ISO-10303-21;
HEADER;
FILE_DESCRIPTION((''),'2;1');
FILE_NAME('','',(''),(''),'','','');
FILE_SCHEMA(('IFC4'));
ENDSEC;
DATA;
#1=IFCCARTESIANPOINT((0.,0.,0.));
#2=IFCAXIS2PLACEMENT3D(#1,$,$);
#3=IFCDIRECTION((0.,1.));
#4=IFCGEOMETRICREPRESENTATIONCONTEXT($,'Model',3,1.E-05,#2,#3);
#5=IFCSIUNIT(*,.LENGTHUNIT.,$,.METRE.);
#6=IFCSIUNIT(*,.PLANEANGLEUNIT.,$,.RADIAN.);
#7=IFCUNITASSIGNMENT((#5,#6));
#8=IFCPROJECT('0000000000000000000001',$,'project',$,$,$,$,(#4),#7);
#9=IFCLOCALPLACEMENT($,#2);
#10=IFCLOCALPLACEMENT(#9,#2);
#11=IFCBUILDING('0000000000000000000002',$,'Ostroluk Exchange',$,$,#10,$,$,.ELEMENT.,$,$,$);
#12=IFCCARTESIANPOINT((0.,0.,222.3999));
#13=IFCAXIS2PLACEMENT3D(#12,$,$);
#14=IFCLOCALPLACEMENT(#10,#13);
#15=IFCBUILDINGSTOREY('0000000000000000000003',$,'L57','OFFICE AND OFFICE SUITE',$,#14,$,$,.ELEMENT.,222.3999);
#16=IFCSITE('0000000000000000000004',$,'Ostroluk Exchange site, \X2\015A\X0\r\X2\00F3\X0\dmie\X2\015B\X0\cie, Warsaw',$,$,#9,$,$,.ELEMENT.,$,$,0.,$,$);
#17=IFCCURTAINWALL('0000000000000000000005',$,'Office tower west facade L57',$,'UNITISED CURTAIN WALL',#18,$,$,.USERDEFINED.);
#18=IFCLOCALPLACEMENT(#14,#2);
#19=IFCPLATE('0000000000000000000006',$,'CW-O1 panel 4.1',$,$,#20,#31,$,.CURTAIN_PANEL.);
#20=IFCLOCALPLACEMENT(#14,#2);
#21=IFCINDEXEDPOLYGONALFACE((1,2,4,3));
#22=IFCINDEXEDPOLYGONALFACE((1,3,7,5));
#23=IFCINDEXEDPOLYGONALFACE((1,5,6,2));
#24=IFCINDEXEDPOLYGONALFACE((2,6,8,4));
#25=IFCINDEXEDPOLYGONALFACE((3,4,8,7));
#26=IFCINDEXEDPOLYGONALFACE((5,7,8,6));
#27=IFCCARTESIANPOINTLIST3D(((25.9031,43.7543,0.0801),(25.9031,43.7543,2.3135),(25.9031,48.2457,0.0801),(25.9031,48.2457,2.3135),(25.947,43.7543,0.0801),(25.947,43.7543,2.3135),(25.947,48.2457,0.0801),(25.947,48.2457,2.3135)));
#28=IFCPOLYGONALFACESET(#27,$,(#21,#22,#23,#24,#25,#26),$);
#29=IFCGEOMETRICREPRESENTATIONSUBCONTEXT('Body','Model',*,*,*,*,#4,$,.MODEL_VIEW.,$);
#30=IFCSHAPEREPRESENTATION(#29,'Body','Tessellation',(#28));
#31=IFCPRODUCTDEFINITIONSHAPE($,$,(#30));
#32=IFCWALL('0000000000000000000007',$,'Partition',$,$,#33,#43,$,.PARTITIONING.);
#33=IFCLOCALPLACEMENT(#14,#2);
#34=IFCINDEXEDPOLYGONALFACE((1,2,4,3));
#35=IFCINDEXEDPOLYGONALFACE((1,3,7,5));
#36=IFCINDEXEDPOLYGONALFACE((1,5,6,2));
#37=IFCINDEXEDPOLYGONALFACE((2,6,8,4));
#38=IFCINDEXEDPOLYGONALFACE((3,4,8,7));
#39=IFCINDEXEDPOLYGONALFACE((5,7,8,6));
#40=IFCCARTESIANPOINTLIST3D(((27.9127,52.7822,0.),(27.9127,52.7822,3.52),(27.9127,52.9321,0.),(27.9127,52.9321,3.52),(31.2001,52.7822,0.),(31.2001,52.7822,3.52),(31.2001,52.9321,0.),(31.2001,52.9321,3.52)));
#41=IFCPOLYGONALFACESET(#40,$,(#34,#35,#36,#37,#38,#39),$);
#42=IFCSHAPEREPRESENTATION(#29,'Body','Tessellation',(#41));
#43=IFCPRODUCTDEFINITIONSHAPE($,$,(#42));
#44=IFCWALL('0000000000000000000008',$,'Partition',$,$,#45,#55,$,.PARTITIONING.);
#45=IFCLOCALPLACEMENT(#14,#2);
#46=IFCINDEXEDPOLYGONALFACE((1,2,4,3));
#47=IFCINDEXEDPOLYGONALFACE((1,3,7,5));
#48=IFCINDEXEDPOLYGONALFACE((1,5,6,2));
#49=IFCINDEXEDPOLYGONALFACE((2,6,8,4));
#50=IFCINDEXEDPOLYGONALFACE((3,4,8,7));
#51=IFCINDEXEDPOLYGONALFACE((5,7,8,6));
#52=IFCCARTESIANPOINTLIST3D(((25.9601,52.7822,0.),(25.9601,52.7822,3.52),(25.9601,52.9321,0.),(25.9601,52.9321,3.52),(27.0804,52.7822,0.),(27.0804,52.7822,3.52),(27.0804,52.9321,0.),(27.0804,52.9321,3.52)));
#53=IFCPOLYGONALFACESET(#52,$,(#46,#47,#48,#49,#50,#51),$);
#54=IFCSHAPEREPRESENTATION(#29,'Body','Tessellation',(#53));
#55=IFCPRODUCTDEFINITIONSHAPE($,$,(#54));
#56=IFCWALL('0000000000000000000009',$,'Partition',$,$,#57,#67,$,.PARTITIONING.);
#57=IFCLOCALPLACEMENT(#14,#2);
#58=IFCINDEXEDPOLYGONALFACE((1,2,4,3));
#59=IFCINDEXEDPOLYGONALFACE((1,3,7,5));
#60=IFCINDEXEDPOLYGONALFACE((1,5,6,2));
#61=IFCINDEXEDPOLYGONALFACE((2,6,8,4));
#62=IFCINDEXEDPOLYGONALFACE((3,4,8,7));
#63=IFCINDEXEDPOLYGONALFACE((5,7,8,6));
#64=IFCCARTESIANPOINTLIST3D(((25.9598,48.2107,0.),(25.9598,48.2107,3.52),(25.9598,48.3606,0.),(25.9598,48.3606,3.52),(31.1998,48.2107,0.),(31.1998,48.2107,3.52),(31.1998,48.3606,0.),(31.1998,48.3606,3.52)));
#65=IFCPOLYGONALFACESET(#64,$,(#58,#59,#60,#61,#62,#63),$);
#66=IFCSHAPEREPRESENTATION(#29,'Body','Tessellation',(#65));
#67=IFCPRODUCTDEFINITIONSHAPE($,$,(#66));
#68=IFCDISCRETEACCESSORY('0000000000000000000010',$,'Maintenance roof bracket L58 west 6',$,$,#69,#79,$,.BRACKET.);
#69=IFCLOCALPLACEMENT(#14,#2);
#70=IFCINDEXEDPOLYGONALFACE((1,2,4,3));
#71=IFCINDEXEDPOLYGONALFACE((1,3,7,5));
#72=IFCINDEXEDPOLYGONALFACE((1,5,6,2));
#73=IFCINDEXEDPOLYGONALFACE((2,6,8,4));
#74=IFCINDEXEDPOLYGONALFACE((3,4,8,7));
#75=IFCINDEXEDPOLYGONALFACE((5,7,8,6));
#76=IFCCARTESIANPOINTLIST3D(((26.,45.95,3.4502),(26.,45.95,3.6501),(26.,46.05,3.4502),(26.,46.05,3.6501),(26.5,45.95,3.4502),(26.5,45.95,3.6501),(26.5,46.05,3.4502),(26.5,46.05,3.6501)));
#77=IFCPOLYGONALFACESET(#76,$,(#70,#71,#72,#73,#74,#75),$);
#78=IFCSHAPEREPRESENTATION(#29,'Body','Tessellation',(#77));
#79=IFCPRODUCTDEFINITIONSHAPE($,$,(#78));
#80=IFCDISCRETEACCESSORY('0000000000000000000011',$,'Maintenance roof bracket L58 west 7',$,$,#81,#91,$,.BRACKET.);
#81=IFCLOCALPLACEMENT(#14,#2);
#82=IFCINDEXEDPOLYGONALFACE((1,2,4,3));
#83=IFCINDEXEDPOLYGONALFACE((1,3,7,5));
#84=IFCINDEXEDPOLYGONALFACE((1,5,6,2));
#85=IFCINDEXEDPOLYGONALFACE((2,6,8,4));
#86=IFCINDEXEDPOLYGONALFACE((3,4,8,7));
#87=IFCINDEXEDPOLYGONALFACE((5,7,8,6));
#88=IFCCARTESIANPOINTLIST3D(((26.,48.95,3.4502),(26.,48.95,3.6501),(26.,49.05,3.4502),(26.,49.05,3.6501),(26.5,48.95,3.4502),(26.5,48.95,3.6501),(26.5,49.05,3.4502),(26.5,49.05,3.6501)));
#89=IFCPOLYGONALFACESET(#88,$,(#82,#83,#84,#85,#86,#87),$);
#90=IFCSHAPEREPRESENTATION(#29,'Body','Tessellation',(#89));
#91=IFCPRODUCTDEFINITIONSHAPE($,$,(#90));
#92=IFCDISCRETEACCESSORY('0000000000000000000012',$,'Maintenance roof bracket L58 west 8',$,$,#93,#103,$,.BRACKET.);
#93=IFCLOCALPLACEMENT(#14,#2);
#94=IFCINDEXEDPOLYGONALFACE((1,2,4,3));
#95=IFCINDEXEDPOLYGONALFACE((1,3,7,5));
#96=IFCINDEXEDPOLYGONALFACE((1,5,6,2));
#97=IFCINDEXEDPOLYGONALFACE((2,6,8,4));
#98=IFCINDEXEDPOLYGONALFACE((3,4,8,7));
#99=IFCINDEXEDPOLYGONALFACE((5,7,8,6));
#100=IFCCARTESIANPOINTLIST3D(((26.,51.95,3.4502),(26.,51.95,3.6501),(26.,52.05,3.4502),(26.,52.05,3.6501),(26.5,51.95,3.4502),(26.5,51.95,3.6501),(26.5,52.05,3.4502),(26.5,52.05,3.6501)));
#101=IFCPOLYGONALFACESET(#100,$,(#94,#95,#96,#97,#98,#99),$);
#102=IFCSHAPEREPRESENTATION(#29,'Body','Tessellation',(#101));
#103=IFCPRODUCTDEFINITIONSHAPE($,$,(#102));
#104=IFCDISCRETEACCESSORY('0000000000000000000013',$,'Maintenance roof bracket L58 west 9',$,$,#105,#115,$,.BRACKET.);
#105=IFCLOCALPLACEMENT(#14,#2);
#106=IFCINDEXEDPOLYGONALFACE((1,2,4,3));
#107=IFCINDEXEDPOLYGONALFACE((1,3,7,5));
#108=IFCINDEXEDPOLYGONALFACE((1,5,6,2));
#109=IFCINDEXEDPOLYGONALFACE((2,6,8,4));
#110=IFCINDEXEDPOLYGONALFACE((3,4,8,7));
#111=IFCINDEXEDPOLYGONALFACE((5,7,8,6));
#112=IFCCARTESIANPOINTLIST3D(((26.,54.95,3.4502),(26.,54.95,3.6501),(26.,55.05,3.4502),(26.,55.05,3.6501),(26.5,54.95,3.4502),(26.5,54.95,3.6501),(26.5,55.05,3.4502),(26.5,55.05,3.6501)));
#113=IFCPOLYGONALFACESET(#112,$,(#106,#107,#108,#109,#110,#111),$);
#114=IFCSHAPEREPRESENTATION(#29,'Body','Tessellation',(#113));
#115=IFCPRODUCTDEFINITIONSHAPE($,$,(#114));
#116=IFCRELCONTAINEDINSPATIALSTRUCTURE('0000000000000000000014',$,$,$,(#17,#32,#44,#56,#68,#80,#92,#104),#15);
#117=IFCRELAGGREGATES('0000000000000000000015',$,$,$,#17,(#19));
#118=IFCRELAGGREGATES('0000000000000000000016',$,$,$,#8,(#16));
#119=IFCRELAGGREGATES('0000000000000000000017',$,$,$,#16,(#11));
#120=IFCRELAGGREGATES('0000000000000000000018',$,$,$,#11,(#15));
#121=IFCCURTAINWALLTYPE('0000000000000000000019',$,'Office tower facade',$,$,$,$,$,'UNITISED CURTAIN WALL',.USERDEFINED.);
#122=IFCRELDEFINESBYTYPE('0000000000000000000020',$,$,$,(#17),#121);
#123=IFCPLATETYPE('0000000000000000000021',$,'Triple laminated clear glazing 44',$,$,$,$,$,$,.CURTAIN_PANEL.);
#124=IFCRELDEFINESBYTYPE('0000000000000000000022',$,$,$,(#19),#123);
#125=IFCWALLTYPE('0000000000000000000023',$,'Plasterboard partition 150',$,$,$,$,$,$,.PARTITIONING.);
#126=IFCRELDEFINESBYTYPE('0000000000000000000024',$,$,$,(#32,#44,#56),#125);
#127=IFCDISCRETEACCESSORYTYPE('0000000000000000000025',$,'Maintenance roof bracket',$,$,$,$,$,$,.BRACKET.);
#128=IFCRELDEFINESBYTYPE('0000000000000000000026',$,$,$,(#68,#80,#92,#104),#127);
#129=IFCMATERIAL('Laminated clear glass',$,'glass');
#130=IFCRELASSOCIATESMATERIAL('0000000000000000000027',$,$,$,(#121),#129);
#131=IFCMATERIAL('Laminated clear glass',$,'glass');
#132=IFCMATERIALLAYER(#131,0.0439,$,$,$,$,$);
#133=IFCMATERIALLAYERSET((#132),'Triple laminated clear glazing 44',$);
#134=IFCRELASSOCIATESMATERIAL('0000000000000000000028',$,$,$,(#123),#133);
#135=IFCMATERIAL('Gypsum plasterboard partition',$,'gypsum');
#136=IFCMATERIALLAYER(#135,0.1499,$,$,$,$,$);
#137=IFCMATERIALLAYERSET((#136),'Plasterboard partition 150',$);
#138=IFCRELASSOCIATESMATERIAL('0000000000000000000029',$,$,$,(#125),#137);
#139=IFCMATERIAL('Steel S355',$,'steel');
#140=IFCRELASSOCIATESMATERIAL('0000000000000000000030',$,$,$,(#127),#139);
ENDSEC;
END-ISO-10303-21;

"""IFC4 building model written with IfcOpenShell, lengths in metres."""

from ifc_helpers import new_model, si_unit, direction, frame, frame_2d, origin, origin_2d, place, context, subcontext, project, spatial, rectangle, extrude, material, layer, layer_set, type_object, element, aggregate, save


model = new_model("IFC4")

# Units and contexts
model_context = context("Model", 3, precision=1e-05, world=origin(), true_north=direction((0.0, 1.0)))
body_context = subcontext(model_context, "Body", "Model", "MODEL_VIEW")
ifc_project = project(units=[si_unit("LENGTHUNIT", "METRE"), si_unit("PLANEANGLEUNIT", "RADIAN")], contexts=[model_context])

# Site, building, storey
site_placement = place(None, origin())
site = spatial("IfcSite", under=ifc_project, at=site_placement, Name="Ostroluk Exchange site, Śródmieście, Warsaw", CompositionType="ELEMENT", RefElevation=0.0)
building_placement = place(site_placement, origin())
building = spatial("IfcBuilding", under=site, at=building_placement, Name="Ostroluk Exchange", CompositionType="ELEMENT")
storey_placement = place(building_placement, frame((0.0, 0.0, 222.3999)))
storey = spatial("IfcBuildingStorey", under=building, at=storey_placement, Name="L57", Description="OFFICE AND OFFICE SUITE", CompositionType="ELEMENT", Elevation=222.3999)

# Curtain wall
ifc_material_1 = material(Name="Laminated clear glass", Category="glass")
curtain_wall_type = type_object("IfcCurtainWallType", Name="Office tower facade", ElementType="UNITISED CURTAIN WALL", PredefinedType="USERDEFINED", material=ifc_material_1)
curtain_wall_1_placement = place(storey_placement, origin())
curtain_wall_1 = element("IfcCurtainWall", 1, at=curtain_wall_1_placement, inside=storey, type_object=curtain_wall_type, Name="Office tower west facade L57", ObjectType="UNITISED CURTAIN WALL", PredefinedType="USERDEFINED")

# Plate
ifc_material_2 = material(Name="Laminated clear glass", Category="glass")
ifc_layer_1 = layer(ifc_material_2, 0.0439)
ifc_layer_set_1 = layer_set([ifc_layer_1], Name="Triple laminated clear glazing 44")
plate_type_1 = type_object("IfcPlateType", Name="Triple laminated clear glazing 44", PredefinedType="CURTAIN_PANEL", material=ifc_layer_set_1)
plate_1_placement = place(storey_placement, frame((25.925, 46.0, 0.0801), z_axis=(0.0, 0.0, 1.0), x_axis=(0.0, -1.0, 0.0)))
plate_1 = element("IfcPlate", 2, at=plate_1_placement, type_object=plate_type_1, Name="CW-O1 panel 4.1", PredefinedType="CURTAIN_PANEL", context=body_context, shape_type="SweptSolid", body=[
    extrude(rectangle(XDim=4.4915, YDim=0.0439, at=origin_2d()), origin(), (0.0, 0.0, 1.0), 2.2334),
])
aggregate(curtain_wall_1, [plate_1])

# Walls
ifc_material_3 = material(Name="Gypsum plasterboard partition", Category="gypsum")
ifc_layer_2 = layer(ifc_material_3, 0.1499)
ifc_layer_set_2 = layer_set([ifc_layer_2], Name="Plasterboard partition 150")
wall_type = type_object("IfcWallType", Name="Plasterboard partition 150", PredefinedType="PARTITIONING", material=ifc_layer_set_2)
wall_1_placement = place(storey_placement, frame((31.2, 52.8572, 0.0), z_axis=(0.0, 0.0, 1.0), x_axis=(-1.0, 0.0, 0.0)))
element("IfcWall", 3, at=wall_1_placement, inside=storey, type_object=wall_type, Name="Partition", PredefinedType="PARTITIONING", context=body_context, shape_type="SweptSolid", body=[
    extrude(rectangle(XDim=3.2874, YDim=0.1499, at=frame_2d((1.6436, 0.0))), origin(), (0.0, 0.0, 1.0), 3.52),
])
wall_2_placement = place(storey_placement, frame((27.0803, 52.8572, 0.0), z_axis=(0.0, 0.0, 1.0), x_axis=(-1.0, 0.0, 0.0)))
element("IfcWall", 4, at=wall_2_placement, inside=storey, type_object=wall_type, Name="Partition", PredefinedType="PARTITIONING", context=body_context, shape_type="SweptSolid", body=[
    extrude(rectangle(XDim=1.1204, YDim=0.1499, at=frame_2d((0.5601, 0.0))), origin(), (0.0, 0.0, 1.0), 3.52),
])
wall_3_placement = place(storey_placement, frame((31.2, 48.2856, 0.0), z_axis=(0.0, 0.0, 1.0), x_axis=(-1.0, 0.0, 0.0)))
element("IfcWall", 5, at=wall_3_placement, inside=storey, type_object=wall_type, Name="Partition", PredefinedType="PARTITIONING", context=body_context, shape_type="SweptSolid", body=[
    extrude(rectangle(XDim=5.24, YDim=0.1499, at=frame_2d((2.6201, 0.0))), origin(), (0.0, 0.0, 1.0), 3.52),
])

# Discrete accessories
ifc_material_4 = material(Name="Steel S355", Category="steel")
discrete_accessory_type = type_object("IfcDiscreteAccessoryType", Name="Maintenance roof bracket", PredefinedType="BRACKET", material=ifc_material_4)
for number, where, z_axis, x_axis, name in (
    (6, (26.25, 46.0, 3.4502), (0.0, 0.0, 1.0), (1.0, 0.0, 0.0), "Maintenance roof bracket L58 west 6"),
    (7, (26.25, 49.0, 3.4502), (0.0, 0.0, 1.0), (1.0, 0.0, 0.0), "Maintenance roof bracket L58 west 7"),
    (8, (26.25, 52.0, 3.4502), (0.0, 0.0, 1.0), (1.0, 0.0, 0.0), "Maintenance roof bracket L58 west 8"),
    (9, (26.25, 55.0, 3.4502), (0.0, 0.0, 1.0), (1.0, 0.0, 0.0), "Maintenance roof bracket L58 west 9"),
):
    element("IfcDiscreteAccessory", number, at=place(storey_placement, frame(where, z_axis=z_axis, x_axis=x_axis)), inside=storey, type_object=discrete_accessory_type, Name=name, PredefinedType="BRACKET", context=body_context, shape_type="SweptSolid", body=[
        extrude(rectangle(XDim=0.5, YDim=0.1001, at=origin_2d()), origin(), (0.0, 0.0, 1.0), 0.2),
    ])

save(model, "model.ifc")
